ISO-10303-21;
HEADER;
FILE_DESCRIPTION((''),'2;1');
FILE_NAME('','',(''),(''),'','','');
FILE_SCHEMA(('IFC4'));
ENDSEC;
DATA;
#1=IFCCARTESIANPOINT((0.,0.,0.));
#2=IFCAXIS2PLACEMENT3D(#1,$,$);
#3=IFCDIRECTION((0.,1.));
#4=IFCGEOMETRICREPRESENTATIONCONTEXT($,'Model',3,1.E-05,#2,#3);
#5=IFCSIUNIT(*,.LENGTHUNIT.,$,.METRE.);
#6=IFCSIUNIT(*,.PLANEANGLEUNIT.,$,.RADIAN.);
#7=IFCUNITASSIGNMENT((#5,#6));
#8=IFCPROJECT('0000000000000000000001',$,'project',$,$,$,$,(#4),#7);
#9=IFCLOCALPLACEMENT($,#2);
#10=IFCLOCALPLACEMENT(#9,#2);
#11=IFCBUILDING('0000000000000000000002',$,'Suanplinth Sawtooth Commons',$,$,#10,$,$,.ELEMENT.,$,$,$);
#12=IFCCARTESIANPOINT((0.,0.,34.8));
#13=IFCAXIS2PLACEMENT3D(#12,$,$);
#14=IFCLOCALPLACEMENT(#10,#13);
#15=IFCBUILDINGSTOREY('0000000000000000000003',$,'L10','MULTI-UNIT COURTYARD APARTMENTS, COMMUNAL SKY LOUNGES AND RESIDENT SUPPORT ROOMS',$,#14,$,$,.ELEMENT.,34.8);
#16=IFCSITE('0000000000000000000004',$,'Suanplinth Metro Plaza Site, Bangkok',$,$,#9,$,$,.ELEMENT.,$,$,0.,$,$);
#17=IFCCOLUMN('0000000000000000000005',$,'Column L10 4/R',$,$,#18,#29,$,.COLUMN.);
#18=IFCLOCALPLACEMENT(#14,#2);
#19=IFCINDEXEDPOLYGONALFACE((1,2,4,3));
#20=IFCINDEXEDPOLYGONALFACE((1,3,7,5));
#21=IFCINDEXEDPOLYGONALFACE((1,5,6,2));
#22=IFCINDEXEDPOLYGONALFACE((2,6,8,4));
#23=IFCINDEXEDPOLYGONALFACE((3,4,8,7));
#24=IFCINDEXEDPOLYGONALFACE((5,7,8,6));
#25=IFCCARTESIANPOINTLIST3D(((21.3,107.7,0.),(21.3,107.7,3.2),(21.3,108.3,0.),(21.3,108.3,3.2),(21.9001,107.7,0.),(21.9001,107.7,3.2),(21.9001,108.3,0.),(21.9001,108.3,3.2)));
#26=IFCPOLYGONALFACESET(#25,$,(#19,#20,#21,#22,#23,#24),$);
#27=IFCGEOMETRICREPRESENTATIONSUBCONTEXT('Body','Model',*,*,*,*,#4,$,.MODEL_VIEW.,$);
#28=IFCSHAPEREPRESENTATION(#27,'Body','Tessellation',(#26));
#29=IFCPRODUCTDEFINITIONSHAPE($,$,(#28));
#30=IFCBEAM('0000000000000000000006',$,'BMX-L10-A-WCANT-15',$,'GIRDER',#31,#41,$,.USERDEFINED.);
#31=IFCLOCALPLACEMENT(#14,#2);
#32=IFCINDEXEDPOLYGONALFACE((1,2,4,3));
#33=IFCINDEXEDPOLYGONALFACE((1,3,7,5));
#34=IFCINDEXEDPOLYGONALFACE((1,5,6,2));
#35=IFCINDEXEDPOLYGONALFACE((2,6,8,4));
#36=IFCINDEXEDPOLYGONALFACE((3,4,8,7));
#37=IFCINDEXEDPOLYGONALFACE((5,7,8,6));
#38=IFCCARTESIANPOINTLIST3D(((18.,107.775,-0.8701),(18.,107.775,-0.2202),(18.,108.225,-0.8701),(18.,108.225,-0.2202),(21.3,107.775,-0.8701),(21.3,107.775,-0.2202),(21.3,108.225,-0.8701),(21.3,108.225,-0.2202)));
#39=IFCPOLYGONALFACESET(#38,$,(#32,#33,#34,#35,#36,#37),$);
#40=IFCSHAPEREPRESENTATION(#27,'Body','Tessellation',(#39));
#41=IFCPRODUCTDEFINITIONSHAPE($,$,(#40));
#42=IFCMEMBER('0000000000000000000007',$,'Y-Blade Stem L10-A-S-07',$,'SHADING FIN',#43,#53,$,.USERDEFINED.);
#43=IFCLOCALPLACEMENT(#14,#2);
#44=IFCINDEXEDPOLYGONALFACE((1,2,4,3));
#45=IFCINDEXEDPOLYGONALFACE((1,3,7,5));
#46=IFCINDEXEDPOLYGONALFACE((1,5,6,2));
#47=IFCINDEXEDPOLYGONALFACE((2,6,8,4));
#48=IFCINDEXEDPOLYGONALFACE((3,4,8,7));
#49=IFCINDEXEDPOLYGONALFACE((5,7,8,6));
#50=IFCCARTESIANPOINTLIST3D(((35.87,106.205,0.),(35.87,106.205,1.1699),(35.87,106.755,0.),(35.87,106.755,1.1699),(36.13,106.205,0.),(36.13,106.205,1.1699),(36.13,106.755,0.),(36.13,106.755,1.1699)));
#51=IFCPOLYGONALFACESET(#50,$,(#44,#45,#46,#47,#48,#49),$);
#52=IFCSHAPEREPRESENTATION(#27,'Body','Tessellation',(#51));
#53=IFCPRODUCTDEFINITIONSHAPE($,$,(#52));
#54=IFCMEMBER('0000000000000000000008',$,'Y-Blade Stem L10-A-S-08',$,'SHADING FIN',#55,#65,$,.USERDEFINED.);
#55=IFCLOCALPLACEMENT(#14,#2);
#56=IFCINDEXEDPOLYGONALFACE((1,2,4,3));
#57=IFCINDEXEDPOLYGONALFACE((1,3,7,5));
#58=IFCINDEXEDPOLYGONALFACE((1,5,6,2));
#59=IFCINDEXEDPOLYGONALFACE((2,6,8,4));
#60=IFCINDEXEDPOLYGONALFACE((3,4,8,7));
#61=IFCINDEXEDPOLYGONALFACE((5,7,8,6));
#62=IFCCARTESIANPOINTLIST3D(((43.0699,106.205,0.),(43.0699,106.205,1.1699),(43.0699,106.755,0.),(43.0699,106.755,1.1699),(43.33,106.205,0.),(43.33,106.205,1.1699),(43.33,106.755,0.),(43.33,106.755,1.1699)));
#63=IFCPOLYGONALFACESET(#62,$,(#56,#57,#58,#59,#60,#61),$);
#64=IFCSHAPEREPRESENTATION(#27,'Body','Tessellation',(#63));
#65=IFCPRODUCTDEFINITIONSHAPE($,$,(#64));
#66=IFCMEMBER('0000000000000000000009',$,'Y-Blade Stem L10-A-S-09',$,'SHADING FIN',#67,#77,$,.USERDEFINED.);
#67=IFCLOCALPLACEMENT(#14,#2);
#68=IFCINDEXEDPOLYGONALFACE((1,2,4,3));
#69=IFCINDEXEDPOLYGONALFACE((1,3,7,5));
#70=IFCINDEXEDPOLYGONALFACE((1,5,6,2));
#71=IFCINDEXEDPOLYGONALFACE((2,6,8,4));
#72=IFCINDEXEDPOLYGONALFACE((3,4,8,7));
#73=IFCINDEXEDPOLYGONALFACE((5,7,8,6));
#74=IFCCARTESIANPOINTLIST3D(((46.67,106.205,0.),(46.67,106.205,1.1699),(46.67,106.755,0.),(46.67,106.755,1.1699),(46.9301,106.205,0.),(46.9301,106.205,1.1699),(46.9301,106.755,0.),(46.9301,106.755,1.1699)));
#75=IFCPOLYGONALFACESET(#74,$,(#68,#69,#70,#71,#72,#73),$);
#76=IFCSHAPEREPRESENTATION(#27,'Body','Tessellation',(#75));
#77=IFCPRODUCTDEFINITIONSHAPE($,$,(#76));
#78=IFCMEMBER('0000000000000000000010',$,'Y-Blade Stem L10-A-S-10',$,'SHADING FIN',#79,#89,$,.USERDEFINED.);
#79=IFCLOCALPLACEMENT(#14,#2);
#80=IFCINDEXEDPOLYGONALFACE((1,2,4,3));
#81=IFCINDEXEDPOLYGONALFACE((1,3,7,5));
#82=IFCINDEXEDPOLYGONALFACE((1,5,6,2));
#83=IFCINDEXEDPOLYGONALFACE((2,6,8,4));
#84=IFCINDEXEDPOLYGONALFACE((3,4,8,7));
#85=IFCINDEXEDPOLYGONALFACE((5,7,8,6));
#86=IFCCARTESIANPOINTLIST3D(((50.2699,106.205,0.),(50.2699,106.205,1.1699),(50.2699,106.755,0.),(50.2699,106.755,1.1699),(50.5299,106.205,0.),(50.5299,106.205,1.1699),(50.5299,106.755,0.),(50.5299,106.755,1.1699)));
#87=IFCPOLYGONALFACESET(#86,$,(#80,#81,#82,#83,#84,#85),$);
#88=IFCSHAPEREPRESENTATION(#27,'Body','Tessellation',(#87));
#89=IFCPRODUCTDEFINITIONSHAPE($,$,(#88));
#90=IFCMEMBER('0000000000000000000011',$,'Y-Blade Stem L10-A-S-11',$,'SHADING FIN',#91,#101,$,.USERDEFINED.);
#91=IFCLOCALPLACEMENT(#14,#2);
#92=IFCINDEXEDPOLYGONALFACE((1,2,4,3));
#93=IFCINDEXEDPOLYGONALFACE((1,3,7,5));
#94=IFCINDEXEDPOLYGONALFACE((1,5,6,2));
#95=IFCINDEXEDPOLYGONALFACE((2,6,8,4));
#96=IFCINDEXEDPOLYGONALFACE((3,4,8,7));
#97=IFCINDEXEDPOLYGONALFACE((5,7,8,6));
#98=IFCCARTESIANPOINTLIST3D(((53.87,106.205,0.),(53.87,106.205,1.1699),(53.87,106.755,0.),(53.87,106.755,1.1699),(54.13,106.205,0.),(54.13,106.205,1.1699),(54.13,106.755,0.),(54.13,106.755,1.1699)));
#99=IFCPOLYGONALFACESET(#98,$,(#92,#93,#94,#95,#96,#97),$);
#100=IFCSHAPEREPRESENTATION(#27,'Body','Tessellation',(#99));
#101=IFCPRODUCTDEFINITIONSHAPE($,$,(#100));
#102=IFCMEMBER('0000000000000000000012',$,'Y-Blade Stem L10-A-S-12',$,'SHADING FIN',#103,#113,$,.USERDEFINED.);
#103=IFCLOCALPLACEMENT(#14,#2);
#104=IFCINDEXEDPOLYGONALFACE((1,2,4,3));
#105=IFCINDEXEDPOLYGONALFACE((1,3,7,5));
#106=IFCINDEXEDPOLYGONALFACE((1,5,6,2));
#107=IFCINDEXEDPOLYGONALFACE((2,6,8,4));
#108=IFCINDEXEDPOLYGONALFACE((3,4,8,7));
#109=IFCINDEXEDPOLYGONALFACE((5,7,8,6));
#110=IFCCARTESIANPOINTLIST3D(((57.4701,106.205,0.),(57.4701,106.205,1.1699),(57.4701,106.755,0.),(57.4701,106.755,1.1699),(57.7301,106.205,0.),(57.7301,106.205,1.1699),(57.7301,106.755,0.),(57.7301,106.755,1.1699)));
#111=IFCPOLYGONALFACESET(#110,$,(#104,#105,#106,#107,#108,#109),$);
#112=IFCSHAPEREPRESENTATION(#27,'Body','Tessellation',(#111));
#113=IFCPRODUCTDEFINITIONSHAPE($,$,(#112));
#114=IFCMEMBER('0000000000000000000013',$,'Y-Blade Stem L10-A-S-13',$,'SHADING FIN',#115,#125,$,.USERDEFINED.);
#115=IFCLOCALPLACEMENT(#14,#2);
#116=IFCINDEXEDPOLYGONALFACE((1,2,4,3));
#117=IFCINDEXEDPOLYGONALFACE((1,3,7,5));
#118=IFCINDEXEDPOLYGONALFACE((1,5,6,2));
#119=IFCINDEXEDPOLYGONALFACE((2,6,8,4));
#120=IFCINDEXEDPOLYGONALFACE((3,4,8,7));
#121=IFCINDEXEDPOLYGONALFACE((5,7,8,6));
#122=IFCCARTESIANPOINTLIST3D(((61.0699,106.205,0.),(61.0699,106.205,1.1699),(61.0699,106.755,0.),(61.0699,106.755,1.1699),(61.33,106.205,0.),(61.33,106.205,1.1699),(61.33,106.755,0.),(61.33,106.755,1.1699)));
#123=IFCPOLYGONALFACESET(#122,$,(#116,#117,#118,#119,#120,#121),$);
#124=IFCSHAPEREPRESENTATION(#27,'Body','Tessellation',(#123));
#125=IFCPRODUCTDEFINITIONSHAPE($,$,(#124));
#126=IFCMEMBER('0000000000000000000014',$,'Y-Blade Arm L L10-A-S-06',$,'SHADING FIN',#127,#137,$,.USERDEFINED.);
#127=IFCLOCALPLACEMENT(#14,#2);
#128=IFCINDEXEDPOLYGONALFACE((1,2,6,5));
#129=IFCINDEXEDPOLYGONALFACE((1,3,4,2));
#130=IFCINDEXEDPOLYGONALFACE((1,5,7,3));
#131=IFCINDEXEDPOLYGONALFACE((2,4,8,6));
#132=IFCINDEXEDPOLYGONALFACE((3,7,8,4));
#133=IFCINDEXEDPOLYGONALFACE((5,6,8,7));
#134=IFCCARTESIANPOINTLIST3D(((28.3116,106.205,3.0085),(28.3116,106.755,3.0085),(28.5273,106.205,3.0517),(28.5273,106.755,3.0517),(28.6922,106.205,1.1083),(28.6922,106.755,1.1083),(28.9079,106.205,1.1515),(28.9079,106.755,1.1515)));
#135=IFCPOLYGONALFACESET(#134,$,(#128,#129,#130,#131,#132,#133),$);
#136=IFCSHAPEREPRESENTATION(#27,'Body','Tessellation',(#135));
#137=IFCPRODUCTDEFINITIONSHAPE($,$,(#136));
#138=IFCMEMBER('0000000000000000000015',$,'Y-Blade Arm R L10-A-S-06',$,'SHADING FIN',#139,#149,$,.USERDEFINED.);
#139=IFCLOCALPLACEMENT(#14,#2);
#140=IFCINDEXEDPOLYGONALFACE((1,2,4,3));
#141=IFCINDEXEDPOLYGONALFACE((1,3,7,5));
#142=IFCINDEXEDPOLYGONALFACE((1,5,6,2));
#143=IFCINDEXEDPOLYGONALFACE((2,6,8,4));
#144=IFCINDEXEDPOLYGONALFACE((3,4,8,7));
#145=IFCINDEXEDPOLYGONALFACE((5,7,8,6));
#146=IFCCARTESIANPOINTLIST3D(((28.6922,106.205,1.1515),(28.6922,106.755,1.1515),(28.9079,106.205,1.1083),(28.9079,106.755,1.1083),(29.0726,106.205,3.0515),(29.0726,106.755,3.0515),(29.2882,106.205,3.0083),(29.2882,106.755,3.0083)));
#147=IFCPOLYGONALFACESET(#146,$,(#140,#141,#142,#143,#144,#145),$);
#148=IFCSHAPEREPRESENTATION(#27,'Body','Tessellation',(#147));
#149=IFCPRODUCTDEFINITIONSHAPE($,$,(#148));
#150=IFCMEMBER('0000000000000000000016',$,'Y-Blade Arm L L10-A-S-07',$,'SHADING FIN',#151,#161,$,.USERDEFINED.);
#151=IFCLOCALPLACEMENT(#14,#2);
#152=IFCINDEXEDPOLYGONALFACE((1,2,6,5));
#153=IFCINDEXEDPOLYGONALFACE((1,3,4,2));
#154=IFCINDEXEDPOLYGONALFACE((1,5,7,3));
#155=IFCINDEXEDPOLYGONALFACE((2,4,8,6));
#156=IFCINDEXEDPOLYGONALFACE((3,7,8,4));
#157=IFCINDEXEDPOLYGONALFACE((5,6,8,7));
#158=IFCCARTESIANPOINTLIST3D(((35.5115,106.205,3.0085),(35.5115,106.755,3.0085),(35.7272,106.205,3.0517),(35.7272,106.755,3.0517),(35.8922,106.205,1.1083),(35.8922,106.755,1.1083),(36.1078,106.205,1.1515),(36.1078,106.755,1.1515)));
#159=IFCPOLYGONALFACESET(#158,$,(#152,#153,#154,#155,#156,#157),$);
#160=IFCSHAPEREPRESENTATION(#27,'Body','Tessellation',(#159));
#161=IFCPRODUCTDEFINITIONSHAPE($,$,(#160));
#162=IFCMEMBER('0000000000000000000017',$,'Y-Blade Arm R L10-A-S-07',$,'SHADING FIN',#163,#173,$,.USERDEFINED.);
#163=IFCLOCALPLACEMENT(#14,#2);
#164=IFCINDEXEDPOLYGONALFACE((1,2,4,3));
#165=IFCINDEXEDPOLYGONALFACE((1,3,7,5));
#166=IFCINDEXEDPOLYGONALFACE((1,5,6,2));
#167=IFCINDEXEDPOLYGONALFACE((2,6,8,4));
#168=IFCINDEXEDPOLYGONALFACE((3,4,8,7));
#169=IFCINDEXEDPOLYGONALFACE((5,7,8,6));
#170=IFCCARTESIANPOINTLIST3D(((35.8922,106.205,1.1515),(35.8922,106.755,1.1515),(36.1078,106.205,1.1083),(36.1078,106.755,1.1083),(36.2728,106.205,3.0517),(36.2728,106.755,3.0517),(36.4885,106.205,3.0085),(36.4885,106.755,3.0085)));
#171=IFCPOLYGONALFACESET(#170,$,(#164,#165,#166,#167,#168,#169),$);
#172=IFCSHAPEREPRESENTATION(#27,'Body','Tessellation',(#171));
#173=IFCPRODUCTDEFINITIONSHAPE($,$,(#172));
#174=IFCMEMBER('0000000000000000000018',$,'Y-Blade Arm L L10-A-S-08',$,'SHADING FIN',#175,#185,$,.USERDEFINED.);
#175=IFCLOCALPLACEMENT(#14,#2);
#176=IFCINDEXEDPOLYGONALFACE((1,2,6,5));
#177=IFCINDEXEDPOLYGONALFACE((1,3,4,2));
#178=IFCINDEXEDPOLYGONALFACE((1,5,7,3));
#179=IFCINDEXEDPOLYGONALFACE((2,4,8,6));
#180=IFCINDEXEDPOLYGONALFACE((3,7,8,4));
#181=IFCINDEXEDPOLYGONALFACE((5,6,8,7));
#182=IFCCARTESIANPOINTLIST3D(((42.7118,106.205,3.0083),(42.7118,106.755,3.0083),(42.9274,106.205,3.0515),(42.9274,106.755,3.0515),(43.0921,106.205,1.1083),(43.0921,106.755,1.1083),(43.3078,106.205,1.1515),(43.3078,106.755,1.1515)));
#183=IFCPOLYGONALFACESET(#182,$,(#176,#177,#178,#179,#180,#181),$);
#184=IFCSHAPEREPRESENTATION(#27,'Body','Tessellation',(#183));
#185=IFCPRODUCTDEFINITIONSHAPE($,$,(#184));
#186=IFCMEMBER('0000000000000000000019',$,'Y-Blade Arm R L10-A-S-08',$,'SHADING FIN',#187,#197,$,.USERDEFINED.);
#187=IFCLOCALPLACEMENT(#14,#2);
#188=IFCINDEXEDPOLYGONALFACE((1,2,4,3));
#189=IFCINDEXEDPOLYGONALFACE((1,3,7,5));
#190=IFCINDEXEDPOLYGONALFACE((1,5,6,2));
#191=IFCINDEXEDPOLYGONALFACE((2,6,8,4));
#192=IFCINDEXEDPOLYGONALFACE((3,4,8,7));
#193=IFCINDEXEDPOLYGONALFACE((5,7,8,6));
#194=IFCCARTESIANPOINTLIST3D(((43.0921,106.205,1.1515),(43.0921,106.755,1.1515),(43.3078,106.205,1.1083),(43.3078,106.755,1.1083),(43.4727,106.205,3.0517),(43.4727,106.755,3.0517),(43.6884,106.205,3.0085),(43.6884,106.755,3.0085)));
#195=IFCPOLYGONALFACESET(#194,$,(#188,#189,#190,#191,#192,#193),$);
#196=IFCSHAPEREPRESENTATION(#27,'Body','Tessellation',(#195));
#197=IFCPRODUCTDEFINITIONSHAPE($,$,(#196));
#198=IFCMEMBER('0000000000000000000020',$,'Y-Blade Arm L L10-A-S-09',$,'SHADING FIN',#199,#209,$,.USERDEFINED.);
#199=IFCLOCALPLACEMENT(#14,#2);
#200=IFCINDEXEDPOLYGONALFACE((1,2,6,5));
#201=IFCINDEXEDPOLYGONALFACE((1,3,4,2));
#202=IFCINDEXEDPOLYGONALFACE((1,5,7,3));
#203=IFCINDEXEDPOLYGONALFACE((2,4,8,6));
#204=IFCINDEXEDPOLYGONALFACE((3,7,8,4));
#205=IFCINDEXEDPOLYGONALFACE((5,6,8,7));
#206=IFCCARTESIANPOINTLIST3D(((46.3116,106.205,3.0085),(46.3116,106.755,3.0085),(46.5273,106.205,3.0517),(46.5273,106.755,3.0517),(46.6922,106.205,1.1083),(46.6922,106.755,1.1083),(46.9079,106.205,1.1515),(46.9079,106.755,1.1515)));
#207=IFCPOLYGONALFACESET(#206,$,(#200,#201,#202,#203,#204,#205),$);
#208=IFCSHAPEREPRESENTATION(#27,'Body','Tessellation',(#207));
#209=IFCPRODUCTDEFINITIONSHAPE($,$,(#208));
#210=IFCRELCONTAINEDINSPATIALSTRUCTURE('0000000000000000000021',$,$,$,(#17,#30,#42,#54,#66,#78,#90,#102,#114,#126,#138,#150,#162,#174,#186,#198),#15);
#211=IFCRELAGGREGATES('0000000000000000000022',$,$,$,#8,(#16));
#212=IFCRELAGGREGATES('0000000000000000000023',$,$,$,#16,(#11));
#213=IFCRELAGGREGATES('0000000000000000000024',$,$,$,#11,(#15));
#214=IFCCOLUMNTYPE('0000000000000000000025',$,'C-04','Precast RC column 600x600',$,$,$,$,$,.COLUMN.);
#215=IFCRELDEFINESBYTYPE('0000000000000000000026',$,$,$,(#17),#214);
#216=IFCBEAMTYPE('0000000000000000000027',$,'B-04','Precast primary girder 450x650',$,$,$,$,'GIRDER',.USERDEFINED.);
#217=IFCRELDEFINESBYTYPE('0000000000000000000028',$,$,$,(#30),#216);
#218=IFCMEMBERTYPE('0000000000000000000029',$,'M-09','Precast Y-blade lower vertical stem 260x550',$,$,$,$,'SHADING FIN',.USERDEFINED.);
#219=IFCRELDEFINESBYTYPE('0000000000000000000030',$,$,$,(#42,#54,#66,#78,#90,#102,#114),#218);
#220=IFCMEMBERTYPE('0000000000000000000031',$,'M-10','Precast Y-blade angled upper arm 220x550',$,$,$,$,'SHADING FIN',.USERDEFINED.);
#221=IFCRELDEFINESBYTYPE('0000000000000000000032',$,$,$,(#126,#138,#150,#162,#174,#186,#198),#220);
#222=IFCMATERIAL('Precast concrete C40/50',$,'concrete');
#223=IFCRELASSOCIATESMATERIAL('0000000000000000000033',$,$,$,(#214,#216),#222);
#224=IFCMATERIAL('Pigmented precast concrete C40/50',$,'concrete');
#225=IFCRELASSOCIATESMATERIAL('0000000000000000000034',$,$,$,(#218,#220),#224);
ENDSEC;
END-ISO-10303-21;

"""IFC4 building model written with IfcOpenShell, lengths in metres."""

from ifc_helpers import new_model, si_unit, direction, frame, origin, origin_2d, place, context, subcontext, project, spatial, rectangle, extrude, material, material_profile, profile_set, type_object, element, save


model = new_model("IFC4")

# Units and contexts
model_context = context("Model", 3, precision=1e-05, world=origin(), true_north=direction((0.0, 1.0)))
body_context = subcontext(model_context, "Body", "Model", "MODEL_VIEW")
ifc_project = project(units=[si_unit("LENGTHUNIT", "METRE"), si_unit("PLANEANGLEUNIT", "RADIAN")], contexts=[model_context])

# Site, building, storey
site_placement = place(None, origin())
site = spatial("IfcSite", under=ifc_project, at=site_placement, Name="Suanplinth Metro Plaza Site, Bangkok", CompositionType="ELEMENT", RefElevation=0.0)
building_placement = place(site_placement, origin())
building = spatial("IfcBuilding", under=site, at=building_placement, Name="Suanplinth Sawtooth Commons", CompositionType="ELEMENT")
storey_placement = place(building_placement, frame((0.0, 0.0, 34.8)))
storey = spatial("IfcBuildingStorey", under=building, at=storey_placement, Name="L10", Description="MULTI-UNIT COURTYARD APARTMENTS, COMMUNAL SKY LOUNGES AND RESIDENT SUPPORT ROOMS", CompositionType="ELEMENT", Elevation=34.8)

# Column
ifc_material_1 = material(Name="Precast concrete C40/50", Category="concrete")
ifc_material_profile_1 = material_profile(ifc_material_1, rectangle(XDim=0.6001, YDim=0.6001, at=origin_2d()), Name="PC-COL 600x600")
ifc_profile_set_1 = profile_set([ifc_material_profile_1], Name="Precast concrete C40/50")
column_type = type_object("IfcColumnType", Name="C-04", Description="Precast RC column 600x600", PredefinedType="COLUMN", material=ifc_profile_set_1)
column_placement = place(storey_placement, frame((21.6001, 108.0, 0.0), z_axis=(0.0, 0.0, 1.0), x_axis=(1.0, 0.0, 0.0)))
element("IfcColumn", 1, at=column_placement, inside=storey, type_object=column_type, Name="Column L10 4/R", PredefinedType="COLUMN", context=body_context, shape_type="SweptSolid", body=[
    extrude(rectangle(XDim=0.6001, YDim=0.6001, at=origin_2d()), origin(), (0.0, 0.0, 1.0), 3.2),
])

# Beam
ifc_material_profile_2 = material_profile(ifc_material_1, rectangle(XDim=0.45, YDim=0.6499, at=origin_2d()), Name="PC-GDR 450x650")
ifc_profile_set_2 = profile_set([ifc_material_profile_2], Name="Precast concrete C40/50")
beam_type = type_object("IfcBeamType", Name="B-04", Description="Precast primary girder 450x650", ElementType="GIRDER", PredefinedType="USERDEFINED", material=ifc_profile_set_2)
beam_placement = place(storey_placement, frame((21.3, 108.0, -0.5452), z_axis=(-1.0, 0.0, 0.0), x_axis=(0.0, -1.0, 0.0)))
element("IfcBeam", 2, at=beam_placement, inside=storey, type_object=beam_type, Name="BMX-L10-A-WCANT-15", ObjectType="GIRDER", PredefinedType="USERDEFINED", context=body_context, shape_type="SweptSolid", body=[
    extrude(rectangle(XDim=0.45, YDim=0.6499, at=origin_2d()), origin(), (0.0, 0.0, 1.0), 3.3),
])

# Members
ifc_material_2 = material(Name="Pigmented precast concrete C40/50", Category="concrete")
ifc_material_profile_3 = material_profile(ifc_material_2, rectangle(XDim=0.26, YDim=0.55, at=origin_2d()), Name="PC-FIN 260x550")
ifc_profile_set_3 = profile_set([ifc_material_profile_3], Name="Pigmented precast concrete C40/50")
member_type_1 = type_object("IfcMemberType", Name="M-09", Description="Precast Y-blade lower vertical stem 260x550", ElementType="SHADING FIN", PredefinedType="USERDEFINED", material=ifc_profile_set_3)
for number, where, z_axis, x_axis, name in (
    (3, (36.0, 106.48, 0.0), (0.0, 0.0, 1.0), (1.0, 0.0, 0.0), "Y-Blade Stem L10-A-S-07"),
    (4, (43.2, 106.48, 0.0), (0.0, 0.0, 1.0), (1.0, 0.0, 0.0), "Y-Blade Stem L10-A-S-08"),
    (5, (46.8, 106.48, 0.0), (0.0, 0.0, 1.0), (1.0, 0.0, 0.0), "Y-Blade Stem L10-A-S-09"),
    (6, (50.3999, 106.48, 0.0), (0.0, 0.0, 1.0), (1.0, 0.0, 0.0), "Y-Blade Stem L10-A-S-10"),
    (7, (54.0, 106.48, 0.0), (0.0, 0.0, 1.0), (1.0, 0.0, 0.0), "Y-Blade Stem L10-A-S-11"),
    (8, (57.6001, 106.48, 0.0), (0.0, 0.0, 1.0), (1.0, 0.0, 0.0), "Y-Blade Stem L10-A-S-12"),
    (9, (61.2, 106.48, 0.0), (0.0, 0.0, 1.0), (1.0, 0.0, 0.0), "Y-Blade Stem L10-A-S-13"),
):
    element("IfcMember", number, at=place(storey_placement, frame(where, z_axis=z_axis, x_axis=x_axis)), inside=storey, type_object=member_type_1, Name=name, ObjectType="SHADING FIN", PredefinedType="USERDEFINED", context=body_context, shape_type="SweptSolid", body=[
        extrude(rectangle(XDim=0.26, YDim=0.55, at=origin_2d()), origin(), (0.0, 0.0, 1.0), 1.1699),
    ])
ifc_material_profile_4 = material_profile(ifc_material_2, rectangle(XDim=0.22, YDim=0.55, at=origin_2d()), Name="PC-FIN 220x550")
ifc_profile_set_4 = profile_set([ifc_material_profile_4], Name="Pigmented precast concrete C40/50")
member_type_2 = type_object("IfcMemberType", Name="M-10", Description="Precast Y-blade angled upper arm 220x550", ElementType="SHADING FIN", PredefinedType="USERDEFINED", material=ifc_profile_set_4)
member_1_placement = place(storey_placement, frame((28.8, 106.48, 1.1299), z_axis=(-0.196407, 0.0, 0.980522), x_axis=(0.980522, 0.0, 0.196407)))
element("IfcMember", 10, at=member_1_placement, inside=storey, type_object=member_type_2, Name="Y-Blade Arm L L10-A-S-06", ObjectType="SHADING FIN", PredefinedType="USERDEFINED", context=body_context, shape_type="SweptSolid", body=[
    extrude(rectangle(XDim=0.22, YDim=0.55, at=origin_2d()), origin(), (0.0, 0.0, 1.0), 1.938),
])
member_2_placement = place(storey_placement, frame((28.8, 106.48, 1.1299), z_axis=(0.196286, 0.0, 0.980547), x_axis=(-0.980547, 0.0, 0.196286)))
element("IfcMember", 11, at=member_2_placement, inside=storey, type_object=member_type_2, Name="Y-Blade Arm R L10-A-S-06", ObjectType="SHADING FIN", PredefinedType="USERDEFINED", context=body_context, shape_type="SweptSolid", body=[
    extrude(rectangle(XDim=0.22, YDim=0.55, at=origin_2d()), origin(), (0.0, 0.0, 1.0), 1.9377),
])
for number, where, z_axis, x_axis, name in (
    (12, (36.0, 106.48, 1.1299), (-0.196407, 0.0, 0.980522), (0.980522, 0.0, 0.196407), "Y-Blade Arm L L10-A-S-07"),
    (13, (36.0, 106.48, 1.1299), (0.196407, 0.0, 0.980522), (-0.980522, 0.0, 0.196407), "Y-Blade Arm R L10-A-S-07"),
):
    element("IfcMember", number, at=place(storey_placement, frame(where, z_axis=z_axis, x_axis=x_axis)), inside=storey, type_object=member_type_2, Name=name, ObjectType="SHADING FIN", PredefinedType="USERDEFINED", context=body_context, shape_type="SweptSolid", body=[
        extrude(rectangle(XDim=0.22, YDim=0.55, at=origin_2d()), origin(), (0.0, 0.0, 1.0), 1.938),
    ])
member_3_placement = place(storey_placement, frame((43.2, 106.48, 1.1299), z_axis=(-0.196286, 0.0, 0.980547), x_axis=(0.980547, 0.0, 0.196286)))
element("IfcMember", 14, at=member_3_placement, inside=storey, type_object=member_type_2, Name="Y-Blade Arm L L10-A-S-08", ObjectType="SHADING FIN", PredefinedType="USERDEFINED", context=body_context, shape_type="SweptSolid", body=[
    extrude(rectangle(XDim=0.22, YDim=0.55, at=origin_2d()), origin(), (0.0, 0.0, 1.0), 1.9377),
])
for number, where, z_axis, x_axis, name in (
    (15, (43.2, 106.48, 1.1299), (0.196407, 0.0, 0.980522), (-0.980522, 0.0, 0.196407), "Y-Blade Arm R L10-A-S-08"),
    (16, (46.8, 106.48, 1.1299), (-0.196407, 0.0, 0.980522), (0.980522, 0.0, 0.196407), "Y-Blade Arm L L10-A-S-09"),
):
    element("IfcMember", number, at=place(storey_placement, frame(where, z_axis=z_axis, x_axis=x_axis)), inside=storey, type_object=member_type_2, Name=name, ObjectType="SHADING FIN", PredefinedType="USERDEFINED", context=body_context, shape_type="SweptSolid", body=[
        extrude(rectangle(XDim=0.22, YDim=0.55, at=origin_2d()), origin(), (0.0, 0.0, 1.0), 1.938),
    ])

save(model, "model.ifc")
